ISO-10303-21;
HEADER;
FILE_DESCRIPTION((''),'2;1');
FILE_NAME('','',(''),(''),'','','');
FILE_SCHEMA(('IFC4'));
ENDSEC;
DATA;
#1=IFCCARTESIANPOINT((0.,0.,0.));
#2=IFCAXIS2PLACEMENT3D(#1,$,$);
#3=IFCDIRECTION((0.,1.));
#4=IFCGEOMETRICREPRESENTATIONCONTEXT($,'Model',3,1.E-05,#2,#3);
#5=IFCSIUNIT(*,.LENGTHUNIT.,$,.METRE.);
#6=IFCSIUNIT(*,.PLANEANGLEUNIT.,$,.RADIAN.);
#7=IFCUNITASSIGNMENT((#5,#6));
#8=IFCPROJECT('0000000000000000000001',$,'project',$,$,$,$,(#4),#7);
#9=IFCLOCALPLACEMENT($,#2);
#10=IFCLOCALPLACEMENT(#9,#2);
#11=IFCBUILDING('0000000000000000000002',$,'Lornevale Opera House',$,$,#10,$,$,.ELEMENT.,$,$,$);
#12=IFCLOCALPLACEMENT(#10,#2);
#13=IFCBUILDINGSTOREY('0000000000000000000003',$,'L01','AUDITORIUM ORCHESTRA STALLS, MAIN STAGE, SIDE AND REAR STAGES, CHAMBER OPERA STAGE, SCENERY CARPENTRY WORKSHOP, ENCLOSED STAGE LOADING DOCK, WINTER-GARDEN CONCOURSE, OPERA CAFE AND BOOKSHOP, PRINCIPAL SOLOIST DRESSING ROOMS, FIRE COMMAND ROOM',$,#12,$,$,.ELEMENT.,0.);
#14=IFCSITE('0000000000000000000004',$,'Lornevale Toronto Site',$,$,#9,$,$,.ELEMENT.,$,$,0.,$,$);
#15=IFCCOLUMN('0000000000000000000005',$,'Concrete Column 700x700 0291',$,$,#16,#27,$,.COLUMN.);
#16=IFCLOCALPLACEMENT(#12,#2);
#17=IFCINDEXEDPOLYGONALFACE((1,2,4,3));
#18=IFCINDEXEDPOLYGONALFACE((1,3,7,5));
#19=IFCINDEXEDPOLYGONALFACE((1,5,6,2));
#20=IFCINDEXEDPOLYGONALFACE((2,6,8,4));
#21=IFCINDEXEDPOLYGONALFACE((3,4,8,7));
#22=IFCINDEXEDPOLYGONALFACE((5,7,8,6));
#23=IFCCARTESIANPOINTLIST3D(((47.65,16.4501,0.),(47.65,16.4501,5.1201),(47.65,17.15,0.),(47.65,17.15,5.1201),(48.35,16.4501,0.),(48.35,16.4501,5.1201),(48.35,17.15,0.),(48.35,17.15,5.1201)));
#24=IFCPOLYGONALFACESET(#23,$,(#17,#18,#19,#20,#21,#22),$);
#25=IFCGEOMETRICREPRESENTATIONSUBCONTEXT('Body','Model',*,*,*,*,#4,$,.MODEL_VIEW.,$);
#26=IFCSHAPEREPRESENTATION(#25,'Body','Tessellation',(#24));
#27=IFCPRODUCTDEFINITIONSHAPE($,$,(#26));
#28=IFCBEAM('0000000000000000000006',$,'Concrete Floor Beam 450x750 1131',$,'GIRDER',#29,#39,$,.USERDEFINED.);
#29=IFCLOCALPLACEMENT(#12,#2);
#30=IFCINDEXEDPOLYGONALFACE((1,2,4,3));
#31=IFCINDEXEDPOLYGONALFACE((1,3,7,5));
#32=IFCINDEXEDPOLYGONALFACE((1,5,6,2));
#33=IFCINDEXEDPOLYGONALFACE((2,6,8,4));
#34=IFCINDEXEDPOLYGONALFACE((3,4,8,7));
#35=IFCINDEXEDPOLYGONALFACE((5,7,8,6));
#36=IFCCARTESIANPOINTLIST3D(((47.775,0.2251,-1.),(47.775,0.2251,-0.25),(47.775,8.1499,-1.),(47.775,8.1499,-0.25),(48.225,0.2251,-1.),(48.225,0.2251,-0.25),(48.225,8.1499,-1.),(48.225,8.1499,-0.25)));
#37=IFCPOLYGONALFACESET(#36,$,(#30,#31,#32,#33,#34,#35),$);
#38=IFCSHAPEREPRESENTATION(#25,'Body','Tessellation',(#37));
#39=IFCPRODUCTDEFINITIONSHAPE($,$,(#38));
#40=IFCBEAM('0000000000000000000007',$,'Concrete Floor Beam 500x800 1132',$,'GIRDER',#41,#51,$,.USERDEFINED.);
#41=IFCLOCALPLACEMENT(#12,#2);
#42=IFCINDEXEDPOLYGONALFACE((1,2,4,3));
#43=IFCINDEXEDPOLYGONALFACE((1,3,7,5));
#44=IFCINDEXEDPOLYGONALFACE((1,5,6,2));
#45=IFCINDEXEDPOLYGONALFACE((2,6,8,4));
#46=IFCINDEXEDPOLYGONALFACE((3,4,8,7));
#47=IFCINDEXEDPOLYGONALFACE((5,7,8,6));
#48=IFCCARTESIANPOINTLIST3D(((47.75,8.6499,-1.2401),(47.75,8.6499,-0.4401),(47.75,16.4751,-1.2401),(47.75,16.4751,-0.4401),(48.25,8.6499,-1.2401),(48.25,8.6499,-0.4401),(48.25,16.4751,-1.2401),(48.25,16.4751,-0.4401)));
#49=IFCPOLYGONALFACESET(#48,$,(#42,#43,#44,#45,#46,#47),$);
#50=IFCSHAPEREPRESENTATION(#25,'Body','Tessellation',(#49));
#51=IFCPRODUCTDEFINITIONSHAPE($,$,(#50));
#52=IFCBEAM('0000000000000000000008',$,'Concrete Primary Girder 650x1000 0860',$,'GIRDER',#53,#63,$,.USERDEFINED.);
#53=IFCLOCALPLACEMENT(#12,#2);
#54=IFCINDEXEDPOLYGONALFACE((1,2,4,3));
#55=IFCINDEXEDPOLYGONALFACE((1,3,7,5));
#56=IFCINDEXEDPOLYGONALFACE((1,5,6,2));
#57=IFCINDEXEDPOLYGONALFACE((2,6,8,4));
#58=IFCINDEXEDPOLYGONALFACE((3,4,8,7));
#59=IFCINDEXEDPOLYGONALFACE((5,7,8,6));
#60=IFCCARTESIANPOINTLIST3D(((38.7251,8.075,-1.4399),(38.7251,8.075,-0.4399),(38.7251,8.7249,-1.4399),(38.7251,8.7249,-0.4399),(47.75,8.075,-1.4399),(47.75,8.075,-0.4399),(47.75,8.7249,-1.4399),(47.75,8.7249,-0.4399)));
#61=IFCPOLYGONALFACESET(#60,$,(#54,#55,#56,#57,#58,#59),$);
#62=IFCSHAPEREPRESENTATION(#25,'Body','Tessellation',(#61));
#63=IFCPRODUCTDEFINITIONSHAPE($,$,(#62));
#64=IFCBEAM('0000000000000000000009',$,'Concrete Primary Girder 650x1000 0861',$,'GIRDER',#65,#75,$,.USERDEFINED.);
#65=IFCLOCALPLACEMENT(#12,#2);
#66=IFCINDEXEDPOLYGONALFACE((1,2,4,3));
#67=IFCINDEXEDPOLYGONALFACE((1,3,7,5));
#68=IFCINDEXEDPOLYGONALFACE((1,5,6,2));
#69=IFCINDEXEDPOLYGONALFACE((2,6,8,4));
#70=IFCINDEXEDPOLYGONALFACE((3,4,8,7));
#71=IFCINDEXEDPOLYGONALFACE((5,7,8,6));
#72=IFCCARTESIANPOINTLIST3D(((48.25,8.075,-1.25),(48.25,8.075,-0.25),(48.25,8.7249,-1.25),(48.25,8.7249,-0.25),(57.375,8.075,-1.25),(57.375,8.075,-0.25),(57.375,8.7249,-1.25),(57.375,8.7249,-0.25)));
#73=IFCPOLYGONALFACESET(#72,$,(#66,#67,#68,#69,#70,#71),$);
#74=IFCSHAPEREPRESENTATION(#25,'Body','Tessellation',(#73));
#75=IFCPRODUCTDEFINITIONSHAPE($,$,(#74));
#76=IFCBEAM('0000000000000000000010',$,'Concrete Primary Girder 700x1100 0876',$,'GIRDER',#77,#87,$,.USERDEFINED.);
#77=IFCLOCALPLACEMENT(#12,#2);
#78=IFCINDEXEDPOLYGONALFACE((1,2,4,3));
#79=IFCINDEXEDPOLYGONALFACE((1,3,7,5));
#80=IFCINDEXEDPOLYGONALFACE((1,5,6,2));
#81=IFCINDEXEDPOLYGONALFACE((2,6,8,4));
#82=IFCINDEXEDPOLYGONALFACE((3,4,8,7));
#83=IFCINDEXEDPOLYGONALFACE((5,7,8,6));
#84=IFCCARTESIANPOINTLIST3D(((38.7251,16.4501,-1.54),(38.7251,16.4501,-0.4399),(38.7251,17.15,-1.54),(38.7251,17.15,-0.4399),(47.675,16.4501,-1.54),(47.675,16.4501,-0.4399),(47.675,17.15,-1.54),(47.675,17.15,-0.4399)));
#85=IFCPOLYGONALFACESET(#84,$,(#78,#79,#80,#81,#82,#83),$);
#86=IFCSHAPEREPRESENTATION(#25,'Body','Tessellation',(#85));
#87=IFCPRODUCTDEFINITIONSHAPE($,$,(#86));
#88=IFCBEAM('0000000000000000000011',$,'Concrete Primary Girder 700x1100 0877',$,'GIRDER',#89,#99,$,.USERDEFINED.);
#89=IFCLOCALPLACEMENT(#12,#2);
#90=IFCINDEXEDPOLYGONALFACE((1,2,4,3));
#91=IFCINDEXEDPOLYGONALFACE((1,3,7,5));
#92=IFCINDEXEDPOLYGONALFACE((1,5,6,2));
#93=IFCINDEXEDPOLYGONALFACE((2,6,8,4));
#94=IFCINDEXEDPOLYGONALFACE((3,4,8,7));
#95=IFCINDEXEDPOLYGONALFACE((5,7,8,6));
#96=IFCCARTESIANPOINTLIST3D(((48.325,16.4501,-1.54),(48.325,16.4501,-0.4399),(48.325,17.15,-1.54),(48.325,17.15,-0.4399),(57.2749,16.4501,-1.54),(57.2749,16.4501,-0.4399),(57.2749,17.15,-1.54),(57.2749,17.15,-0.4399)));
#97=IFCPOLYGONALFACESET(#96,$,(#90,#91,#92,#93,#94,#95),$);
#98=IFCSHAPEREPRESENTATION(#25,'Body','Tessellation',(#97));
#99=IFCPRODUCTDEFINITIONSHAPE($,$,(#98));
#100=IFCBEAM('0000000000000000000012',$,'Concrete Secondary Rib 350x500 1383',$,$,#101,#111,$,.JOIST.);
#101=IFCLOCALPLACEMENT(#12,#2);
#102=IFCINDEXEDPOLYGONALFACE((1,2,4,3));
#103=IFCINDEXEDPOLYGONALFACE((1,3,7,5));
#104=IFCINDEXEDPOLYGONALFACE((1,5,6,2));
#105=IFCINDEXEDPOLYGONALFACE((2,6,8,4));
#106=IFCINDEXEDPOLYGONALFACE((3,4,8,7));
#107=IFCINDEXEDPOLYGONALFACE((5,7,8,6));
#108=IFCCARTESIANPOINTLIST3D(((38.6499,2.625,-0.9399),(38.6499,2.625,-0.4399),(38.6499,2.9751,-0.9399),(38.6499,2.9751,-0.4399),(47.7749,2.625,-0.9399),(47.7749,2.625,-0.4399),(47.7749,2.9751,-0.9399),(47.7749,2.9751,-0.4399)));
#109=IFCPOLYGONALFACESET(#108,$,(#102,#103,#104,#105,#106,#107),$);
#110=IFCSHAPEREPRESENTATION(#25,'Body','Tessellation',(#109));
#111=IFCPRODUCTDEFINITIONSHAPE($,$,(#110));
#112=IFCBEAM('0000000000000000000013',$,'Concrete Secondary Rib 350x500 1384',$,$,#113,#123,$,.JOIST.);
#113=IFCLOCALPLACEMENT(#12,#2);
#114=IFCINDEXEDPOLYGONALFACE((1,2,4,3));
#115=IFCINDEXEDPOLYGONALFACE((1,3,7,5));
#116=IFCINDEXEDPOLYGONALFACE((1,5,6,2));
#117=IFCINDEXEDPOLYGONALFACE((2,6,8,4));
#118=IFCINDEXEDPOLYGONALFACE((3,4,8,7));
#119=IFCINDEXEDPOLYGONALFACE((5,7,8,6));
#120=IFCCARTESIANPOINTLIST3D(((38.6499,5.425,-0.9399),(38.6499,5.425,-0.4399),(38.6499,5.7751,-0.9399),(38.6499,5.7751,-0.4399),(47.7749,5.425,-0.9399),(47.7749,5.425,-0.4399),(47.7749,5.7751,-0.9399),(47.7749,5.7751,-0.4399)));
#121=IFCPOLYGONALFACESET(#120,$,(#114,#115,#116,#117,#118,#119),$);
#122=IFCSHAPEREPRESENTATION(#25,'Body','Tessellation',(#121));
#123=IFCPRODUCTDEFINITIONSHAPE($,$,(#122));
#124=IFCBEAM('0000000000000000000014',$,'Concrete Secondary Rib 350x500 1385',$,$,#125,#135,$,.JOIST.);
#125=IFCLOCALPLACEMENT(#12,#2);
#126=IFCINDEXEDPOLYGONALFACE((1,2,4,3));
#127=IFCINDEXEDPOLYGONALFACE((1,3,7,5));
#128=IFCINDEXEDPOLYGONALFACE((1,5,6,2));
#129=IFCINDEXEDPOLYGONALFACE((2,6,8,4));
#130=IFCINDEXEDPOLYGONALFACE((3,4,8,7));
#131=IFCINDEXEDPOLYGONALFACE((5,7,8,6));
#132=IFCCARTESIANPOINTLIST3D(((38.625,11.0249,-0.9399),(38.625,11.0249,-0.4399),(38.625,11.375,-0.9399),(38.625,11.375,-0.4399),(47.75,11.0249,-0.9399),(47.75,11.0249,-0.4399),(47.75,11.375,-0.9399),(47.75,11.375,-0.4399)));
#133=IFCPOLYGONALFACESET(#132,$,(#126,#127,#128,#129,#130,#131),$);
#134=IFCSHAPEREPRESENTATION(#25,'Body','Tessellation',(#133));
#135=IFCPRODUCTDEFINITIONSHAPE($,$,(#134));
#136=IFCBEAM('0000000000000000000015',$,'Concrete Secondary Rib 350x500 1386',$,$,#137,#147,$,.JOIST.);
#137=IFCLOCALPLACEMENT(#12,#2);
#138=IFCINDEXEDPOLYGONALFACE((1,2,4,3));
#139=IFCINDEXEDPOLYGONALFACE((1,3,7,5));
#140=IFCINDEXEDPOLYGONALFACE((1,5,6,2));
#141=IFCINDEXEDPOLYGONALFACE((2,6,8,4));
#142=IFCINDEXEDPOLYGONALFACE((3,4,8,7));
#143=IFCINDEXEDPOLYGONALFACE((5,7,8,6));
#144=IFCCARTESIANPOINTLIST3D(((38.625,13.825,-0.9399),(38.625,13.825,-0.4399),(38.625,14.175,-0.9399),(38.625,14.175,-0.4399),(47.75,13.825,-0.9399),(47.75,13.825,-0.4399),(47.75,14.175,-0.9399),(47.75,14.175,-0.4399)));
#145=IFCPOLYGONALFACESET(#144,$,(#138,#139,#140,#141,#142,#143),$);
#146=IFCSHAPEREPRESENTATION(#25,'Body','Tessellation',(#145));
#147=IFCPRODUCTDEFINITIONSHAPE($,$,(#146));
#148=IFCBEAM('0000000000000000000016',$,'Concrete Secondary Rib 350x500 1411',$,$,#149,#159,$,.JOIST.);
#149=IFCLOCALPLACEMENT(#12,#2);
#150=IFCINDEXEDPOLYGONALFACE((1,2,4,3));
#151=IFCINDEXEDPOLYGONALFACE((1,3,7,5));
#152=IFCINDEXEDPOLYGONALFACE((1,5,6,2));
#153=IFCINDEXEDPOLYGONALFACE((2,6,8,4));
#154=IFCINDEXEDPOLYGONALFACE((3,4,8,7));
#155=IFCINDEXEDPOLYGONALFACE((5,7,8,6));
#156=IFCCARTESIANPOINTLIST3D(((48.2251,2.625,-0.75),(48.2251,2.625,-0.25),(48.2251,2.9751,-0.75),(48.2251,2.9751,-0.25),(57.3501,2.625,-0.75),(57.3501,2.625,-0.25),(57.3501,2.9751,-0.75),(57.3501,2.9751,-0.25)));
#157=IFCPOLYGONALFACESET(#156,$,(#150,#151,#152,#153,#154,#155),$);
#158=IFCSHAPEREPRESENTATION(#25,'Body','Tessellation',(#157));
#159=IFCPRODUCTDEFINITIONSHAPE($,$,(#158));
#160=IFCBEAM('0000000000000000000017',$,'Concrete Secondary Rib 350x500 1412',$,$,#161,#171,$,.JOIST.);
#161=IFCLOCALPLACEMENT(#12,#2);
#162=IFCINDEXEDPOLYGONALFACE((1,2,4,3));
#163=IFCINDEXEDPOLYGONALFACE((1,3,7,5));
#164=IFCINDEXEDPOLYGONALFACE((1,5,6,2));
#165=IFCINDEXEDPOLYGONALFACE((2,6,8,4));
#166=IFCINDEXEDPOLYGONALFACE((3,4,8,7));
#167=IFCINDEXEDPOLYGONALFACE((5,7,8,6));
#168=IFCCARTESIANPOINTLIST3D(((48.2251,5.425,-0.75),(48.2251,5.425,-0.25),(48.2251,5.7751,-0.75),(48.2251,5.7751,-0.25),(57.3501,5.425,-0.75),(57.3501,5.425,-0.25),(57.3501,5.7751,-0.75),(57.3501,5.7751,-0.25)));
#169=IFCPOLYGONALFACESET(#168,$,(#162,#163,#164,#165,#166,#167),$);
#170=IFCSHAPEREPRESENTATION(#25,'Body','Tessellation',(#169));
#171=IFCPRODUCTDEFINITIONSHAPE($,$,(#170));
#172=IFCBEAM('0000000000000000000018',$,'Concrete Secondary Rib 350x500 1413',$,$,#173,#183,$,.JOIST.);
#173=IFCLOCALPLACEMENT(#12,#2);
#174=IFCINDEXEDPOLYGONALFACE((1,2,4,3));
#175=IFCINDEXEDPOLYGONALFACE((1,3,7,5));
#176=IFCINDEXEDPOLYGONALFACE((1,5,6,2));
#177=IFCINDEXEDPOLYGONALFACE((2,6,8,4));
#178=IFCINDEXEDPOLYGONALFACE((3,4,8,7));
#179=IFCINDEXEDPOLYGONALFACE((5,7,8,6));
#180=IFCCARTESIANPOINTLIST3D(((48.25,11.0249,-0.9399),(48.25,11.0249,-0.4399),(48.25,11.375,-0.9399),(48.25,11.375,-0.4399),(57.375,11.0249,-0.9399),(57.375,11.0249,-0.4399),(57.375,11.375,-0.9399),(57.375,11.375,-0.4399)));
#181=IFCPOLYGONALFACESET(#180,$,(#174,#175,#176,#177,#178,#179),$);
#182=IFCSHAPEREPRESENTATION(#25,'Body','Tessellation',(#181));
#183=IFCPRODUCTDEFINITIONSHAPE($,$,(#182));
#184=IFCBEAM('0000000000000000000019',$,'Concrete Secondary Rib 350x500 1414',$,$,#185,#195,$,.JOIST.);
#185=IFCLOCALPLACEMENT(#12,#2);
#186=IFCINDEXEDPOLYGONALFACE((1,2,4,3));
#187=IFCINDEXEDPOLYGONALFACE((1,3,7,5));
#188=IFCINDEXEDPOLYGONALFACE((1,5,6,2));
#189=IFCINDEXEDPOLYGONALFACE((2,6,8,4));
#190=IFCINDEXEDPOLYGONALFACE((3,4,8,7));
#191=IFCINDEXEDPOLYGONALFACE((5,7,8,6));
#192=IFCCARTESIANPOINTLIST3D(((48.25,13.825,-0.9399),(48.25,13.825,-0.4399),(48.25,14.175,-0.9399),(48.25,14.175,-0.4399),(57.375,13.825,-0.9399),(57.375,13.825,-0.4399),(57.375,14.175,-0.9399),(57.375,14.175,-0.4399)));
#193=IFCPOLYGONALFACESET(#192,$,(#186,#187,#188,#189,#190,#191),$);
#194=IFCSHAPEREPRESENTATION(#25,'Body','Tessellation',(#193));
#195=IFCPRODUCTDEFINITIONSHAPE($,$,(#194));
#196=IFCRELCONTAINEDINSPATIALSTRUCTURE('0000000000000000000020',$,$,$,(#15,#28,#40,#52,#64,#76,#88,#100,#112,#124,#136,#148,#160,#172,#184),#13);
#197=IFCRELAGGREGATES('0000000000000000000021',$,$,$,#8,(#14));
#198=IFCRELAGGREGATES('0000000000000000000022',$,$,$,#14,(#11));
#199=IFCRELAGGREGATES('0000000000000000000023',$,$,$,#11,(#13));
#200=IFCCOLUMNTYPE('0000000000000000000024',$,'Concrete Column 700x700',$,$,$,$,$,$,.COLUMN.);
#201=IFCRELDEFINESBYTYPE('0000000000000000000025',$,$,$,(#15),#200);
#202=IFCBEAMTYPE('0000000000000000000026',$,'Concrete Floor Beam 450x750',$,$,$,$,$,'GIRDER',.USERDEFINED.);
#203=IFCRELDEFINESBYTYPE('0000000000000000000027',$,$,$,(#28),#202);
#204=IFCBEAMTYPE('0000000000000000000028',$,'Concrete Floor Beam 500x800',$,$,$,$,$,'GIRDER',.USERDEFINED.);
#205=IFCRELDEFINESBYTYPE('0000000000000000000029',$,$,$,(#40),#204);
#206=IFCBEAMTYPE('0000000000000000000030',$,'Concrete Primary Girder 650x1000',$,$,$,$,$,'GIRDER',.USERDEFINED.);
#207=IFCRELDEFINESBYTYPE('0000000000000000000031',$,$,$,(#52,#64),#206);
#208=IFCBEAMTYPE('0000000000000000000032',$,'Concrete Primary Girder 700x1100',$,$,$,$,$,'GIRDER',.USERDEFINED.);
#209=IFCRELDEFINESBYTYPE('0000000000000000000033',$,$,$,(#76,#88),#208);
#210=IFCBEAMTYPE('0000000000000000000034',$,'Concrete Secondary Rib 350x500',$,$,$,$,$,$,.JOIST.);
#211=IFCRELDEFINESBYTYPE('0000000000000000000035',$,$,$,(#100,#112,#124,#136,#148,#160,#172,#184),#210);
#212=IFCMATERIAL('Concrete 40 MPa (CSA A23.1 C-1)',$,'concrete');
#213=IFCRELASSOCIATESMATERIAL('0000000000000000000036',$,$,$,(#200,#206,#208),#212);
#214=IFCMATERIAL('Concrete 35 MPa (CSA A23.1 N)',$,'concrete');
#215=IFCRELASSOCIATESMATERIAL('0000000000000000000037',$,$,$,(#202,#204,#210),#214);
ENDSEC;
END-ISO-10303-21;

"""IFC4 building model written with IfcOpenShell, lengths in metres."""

from ifc_helpers import new_model, si_unit, direction, frame, origin, origin_2d, place, context, subcontext, project, spatial, rectangle, extrude, material, material_profile, profile_set, type_object, element, save


model = new_model("IFC4")

# Units and contexts
model_context = context("Model", 3, precision=1e-05, world=origin(), true_north=direction((0.0, 1.0)))
body_context = subcontext(model_context, "Body", "Model", "MODEL_VIEW")
ifc_project = project(units=[si_unit("LENGTHUNIT", "METRE"), si_unit("PLANEANGLEUNIT", "RADIAN")], contexts=[model_context])

# Site, building, storey
site_placement = place(None, origin())
site = spatial("IfcSite", under=ifc_project, at=site_placement, Name="Lornevale Toronto Site", CompositionType="ELEMENT", RefElevation=0.0)
building_placement = place(site_placement, origin())
building = spatial("IfcBuilding", under=site, at=building_placement, Name="Lornevale Opera House", CompositionType="ELEMENT")
storey_placement = place(building_placement, origin())
storey = spatial("IfcBuildingStorey", under=building, at=storey_placement, Name="L01", Description="AUDITORIUM ORCHESTRA STALLS, MAIN STAGE, SIDE AND REAR STAGES, CHAMBER OPERA STAGE, SCENERY CARPENTRY WORKSHOP, ENCLOSED STAGE LOADING DOCK, WINTER-GARDEN CONCOURSE, OPERA CAFE AND BOOKSHOP, PRINCIPAL SOLOIST DRESSING ROOMS, FIRE COMMAND ROOM", CompositionType="ELEMENT", Elevation=0.0)

# Column
ifc_material_1 = material(Name="Concrete 40 MPa (CSA A23.1 C-1)", Category="concrete")
ifc_material_profile_1 = material_profile(ifc_material_1, rectangle(XDim=0.7, YDim=0.7, at=origin_2d()), Name="RC700x700")
ifc_profile_set_1 = profile_set([ifc_material_profile_1], Name="Concrete 40 MPa (CSA A23.1 C-1)")
column_type = type_object("IfcColumnType", Name="Concrete Column 700x700", PredefinedType="COLUMN", material=ifc_profile_set_1)
column_placement = place(storey_placement, frame((48.0, 16.8, 0.0), z_axis=(0.0, 0.0, 1.0), x_axis=(1.0, 0.0, 0.0)))
element("IfcColumn", 1, at=column_placement, inside=storey, type_object=column_type, Name="Concrete Column 700x700 0291", PredefinedType="COLUMN", context=body_context, shape_type="SweptSolid", body=[
    extrude(rectangle(XDim=0.7, YDim=0.7, at=origin_2d()), origin(), (0.0, 0.0, 1.0), 5.1201),
])

# Beams
ifc_material_2 = material(Name="Concrete 35 MPa (CSA A23.1 N)", Category="concrete")
ifc_material_profile_2 = material_profile(ifc_material_2, rectangle(XDim=0.45, YDim=0.75, at=origin_2d()), Name="RC450x750")
ifc_profile_set_2 = profile_set([ifc_material_profile_2], Name="Concrete 35 MPa (CSA A23.1 N)")
beam_type_1 = type_object("IfcBeamType", Name="Concrete Floor Beam 450x750", ElementType="GIRDER", PredefinedType="USERDEFINED", material=ifc_profile_set_2)
beam_1_placement = place(storey_placement, frame((48.0, 0.2251, -0.625), z_axis=(0.0, 1.0, 0.0), x_axis=(-1.0, 0.0, 0.0)))
element("IfcBeam", 2, at=beam_1_placement, inside=storey, type_object=beam_type_1, Name="Concrete Floor Beam 450x750 1131", ObjectType="GIRDER", PredefinedType="USERDEFINED", context=body_context, shape_type="SweptSolid", body=[
    extrude(rectangle(XDim=0.45, YDim=0.75, at=origin_2d()), origin(), (0.0, 0.0, 1.0), 7.9248),
])
ifc_material_profile_3 = material_profile(ifc_material_2, rectangle(XDim=0.5, YDim=0.8, at=origin_2d()), Name="RC500x800")
ifc_profile_set_3 = profile_set([ifc_material_profile_3], Name="Concrete 35 MPa (CSA A23.1 N)")
beam_type_2 = type_object("IfcBeamType", Name="Concrete Floor Beam 500x800", ElementType="GIRDER", PredefinedType="USERDEFINED", material=ifc_profile_set_3)
beam_2_placement = place(storey_placement, frame((48.0, 8.6499, -0.8401), z_axis=(0.0, 1.0, 0.0), x_axis=(-1.0, 0.0, 0.0)))
element("IfcBeam", 3, at=beam_2_placement, inside=storey, type_object=beam_type_2, Name="Concrete Floor Beam 500x800 1132", ObjectType="GIRDER", PredefinedType="USERDEFINED", context=body_context, shape_type="SweptSolid", body=[
    extrude(rectangle(XDim=0.5, YDim=0.8, at=origin_2d()), origin(), (0.0, 0.0, 1.0), 7.8252),
])
ifc_material_profile_4 = material_profile(ifc_material_1, rectangle(XDim=0.6499, YDim=1.0, at=origin_2d()), Name="RC650x1000")
ifc_profile_set_4 = profile_set([ifc_material_profile_4], Name="Concrete 40 MPa (CSA A23.1 C-1)")
beam_type_3 = type_object("IfcBeamType", Name="Concrete Primary Girder 650x1000", ElementType="GIRDER", PredefinedType="USERDEFINED", material=ifc_profile_set_4)
beam_3_placement = place(storey_placement, frame((38.7251, 8.3999, -0.9399), z_axis=(1.0, 0.0, 0.0), x_axis=(0.0, 1.0, 0.0)))
element("IfcBeam", 4, at=beam_3_placement, inside=storey, type_object=beam_type_3, Name="Concrete Primary Girder 650x1000 0860", ObjectType="GIRDER", PredefinedType="USERDEFINED", context=body_context, shape_type="SweptSolid", body=[
    extrude(rectangle(XDim=0.6499, YDim=1.0, at=origin_2d()), origin(), (0.0, 0.0, 1.0), 9.0249),
])
beam_4_placement = place(storey_placement, frame((48.25, 8.3999, -0.75), z_axis=(1.0, 0.0, 0.0), x_axis=(0.0, 1.0, 0.0)))
element("IfcBeam", 5, at=beam_4_placement, inside=storey, type_object=beam_type_3, Name="Concrete Primary Girder 650x1000 0861", ObjectType="GIRDER", PredefinedType="USERDEFINED", context=body_context, shape_type="SweptSolid", body=[
    extrude(rectangle(XDim=0.6499, YDim=1.0, at=origin_2d()), origin(), (0.0, 0.0, 1.0), 9.125),
])
ifc_material_profile_5 = material_profile(ifc_material_1, rectangle(XDim=0.7, YDim=1.1001, at=origin_2d()), Name="RC700x1100")
ifc_profile_set_5 = profile_set([ifc_material_profile_5], Name="Concrete 40 MPa (CSA A23.1 C-1)")
beam_type_4 = type_object("IfcBeamType", Name="Concrete Primary Girder 700x1100", ElementType="GIRDER", PredefinedType="USERDEFINED", material=ifc_profile_set_5)
for number, where, z_axis, x_axis, name in (
    (6, (38.7251, 16.8, -0.99), (1.0, 0.0, 0.0), (0.0, 1.0, 0.0), "Concrete Primary Girder 700x1100 0876"),
    (7, (48.325, 16.8, -0.99), (1.0, 0.0, 0.0), (0.0, 1.0, 0.0), "Concrete Primary Girder 700x1100 0877"),
):
    element("IfcBeam", number, at=place(storey_placement, frame(where, z_axis=z_axis, x_axis=x_axis)), inside=storey, type_object=beam_type_4, Name=name, ObjectType="GIRDER", PredefinedType="USERDEFINED", context=body_context, shape_type="SweptSolid", body=[
        extrude(rectangle(XDim=0.7, YDim=1.1001, at=origin_2d()), origin(), (0.0, 0.0, 1.0), 8.95),
    ])
ifc_material_profile_6 = material_profile(ifc_material_2, rectangle(XDim=0.3501, YDim=0.5, at=origin_2d()), Name="RC350x500")
ifc_profile_set_6 = profile_set([ifc_material_profile_6], Name="Concrete 35 MPa (CSA A23.1 N)")
beam_type_5 = type_object("IfcBeamType", Name="Concrete Secondary Rib 350x500", PredefinedType="JOIST", material=ifc_profile_set_6)
for number, where, z_axis, x_axis, name in (
    (8, (38.6499, 2.8, -0.6899), (1.0, 0.0, 0.0), (0.0, 1.0, 0.0), "Concrete Secondary Rib 350x500 1383"),
    (9, (38.6499, 5.6001, -0.6899), (1.0, 0.0, 0.0), (0.0, 1.0, 0.0), "Concrete Secondary Rib 350x500 1384"),
    (10, (38.625, 11.2, -0.6899), (1.0, 0.0, 0.0), (0.0, 1.0, 0.0), "Concrete Secondary Rib 350x500 1385"),
    (11, (38.625, 14.0, -0.6899), (1.0, 0.0, 0.0), (0.0, 1.0, 0.0), "Concrete Secondary Rib 350x500 1386"),
    (12, (48.2251, 2.8, -0.5), (1.0, 0.0, 0.0), (0.0, 1.0, 0.0), "Concrete Secondary Rib 350x500 1411"),
    (13, (48.2251, 5.6001, -0.5), (1.0, 0.0, 0.0), (0.0, 1.0, 0.0), "Concrete Secondary Rib 350x500 1412"),
    (14, (48.25, 11.2, -0.6899), (1.0, 0.0, 0.0), (0.0, 1.0, 0.0), "Concrete Secondary Rib 350x500 1413"),
    (15, (48.25, 14.0, -0.6899), (1.0, 0.0, 0.0), (0.0, 1.0, 0.0), "Concrete Secondary Rib 350x500 1414"),
):
    element("IfcBeam", number, at=place(storey_placement, frame(where, z_axis=z_axis, x_axis=x_axis)), inside=storey, type_object=beam_type_5, Name=name, PredefinedType="JOIST", context=body_context, shape_type="SweptSolid", body=[
        extrude(rectangle(XDim=0.3501, YDim=0.5, at=origin_2d()), origin(), (0.0, 0.0, 1.0), 9.125),
    ])

save(model, "model.ifc")
